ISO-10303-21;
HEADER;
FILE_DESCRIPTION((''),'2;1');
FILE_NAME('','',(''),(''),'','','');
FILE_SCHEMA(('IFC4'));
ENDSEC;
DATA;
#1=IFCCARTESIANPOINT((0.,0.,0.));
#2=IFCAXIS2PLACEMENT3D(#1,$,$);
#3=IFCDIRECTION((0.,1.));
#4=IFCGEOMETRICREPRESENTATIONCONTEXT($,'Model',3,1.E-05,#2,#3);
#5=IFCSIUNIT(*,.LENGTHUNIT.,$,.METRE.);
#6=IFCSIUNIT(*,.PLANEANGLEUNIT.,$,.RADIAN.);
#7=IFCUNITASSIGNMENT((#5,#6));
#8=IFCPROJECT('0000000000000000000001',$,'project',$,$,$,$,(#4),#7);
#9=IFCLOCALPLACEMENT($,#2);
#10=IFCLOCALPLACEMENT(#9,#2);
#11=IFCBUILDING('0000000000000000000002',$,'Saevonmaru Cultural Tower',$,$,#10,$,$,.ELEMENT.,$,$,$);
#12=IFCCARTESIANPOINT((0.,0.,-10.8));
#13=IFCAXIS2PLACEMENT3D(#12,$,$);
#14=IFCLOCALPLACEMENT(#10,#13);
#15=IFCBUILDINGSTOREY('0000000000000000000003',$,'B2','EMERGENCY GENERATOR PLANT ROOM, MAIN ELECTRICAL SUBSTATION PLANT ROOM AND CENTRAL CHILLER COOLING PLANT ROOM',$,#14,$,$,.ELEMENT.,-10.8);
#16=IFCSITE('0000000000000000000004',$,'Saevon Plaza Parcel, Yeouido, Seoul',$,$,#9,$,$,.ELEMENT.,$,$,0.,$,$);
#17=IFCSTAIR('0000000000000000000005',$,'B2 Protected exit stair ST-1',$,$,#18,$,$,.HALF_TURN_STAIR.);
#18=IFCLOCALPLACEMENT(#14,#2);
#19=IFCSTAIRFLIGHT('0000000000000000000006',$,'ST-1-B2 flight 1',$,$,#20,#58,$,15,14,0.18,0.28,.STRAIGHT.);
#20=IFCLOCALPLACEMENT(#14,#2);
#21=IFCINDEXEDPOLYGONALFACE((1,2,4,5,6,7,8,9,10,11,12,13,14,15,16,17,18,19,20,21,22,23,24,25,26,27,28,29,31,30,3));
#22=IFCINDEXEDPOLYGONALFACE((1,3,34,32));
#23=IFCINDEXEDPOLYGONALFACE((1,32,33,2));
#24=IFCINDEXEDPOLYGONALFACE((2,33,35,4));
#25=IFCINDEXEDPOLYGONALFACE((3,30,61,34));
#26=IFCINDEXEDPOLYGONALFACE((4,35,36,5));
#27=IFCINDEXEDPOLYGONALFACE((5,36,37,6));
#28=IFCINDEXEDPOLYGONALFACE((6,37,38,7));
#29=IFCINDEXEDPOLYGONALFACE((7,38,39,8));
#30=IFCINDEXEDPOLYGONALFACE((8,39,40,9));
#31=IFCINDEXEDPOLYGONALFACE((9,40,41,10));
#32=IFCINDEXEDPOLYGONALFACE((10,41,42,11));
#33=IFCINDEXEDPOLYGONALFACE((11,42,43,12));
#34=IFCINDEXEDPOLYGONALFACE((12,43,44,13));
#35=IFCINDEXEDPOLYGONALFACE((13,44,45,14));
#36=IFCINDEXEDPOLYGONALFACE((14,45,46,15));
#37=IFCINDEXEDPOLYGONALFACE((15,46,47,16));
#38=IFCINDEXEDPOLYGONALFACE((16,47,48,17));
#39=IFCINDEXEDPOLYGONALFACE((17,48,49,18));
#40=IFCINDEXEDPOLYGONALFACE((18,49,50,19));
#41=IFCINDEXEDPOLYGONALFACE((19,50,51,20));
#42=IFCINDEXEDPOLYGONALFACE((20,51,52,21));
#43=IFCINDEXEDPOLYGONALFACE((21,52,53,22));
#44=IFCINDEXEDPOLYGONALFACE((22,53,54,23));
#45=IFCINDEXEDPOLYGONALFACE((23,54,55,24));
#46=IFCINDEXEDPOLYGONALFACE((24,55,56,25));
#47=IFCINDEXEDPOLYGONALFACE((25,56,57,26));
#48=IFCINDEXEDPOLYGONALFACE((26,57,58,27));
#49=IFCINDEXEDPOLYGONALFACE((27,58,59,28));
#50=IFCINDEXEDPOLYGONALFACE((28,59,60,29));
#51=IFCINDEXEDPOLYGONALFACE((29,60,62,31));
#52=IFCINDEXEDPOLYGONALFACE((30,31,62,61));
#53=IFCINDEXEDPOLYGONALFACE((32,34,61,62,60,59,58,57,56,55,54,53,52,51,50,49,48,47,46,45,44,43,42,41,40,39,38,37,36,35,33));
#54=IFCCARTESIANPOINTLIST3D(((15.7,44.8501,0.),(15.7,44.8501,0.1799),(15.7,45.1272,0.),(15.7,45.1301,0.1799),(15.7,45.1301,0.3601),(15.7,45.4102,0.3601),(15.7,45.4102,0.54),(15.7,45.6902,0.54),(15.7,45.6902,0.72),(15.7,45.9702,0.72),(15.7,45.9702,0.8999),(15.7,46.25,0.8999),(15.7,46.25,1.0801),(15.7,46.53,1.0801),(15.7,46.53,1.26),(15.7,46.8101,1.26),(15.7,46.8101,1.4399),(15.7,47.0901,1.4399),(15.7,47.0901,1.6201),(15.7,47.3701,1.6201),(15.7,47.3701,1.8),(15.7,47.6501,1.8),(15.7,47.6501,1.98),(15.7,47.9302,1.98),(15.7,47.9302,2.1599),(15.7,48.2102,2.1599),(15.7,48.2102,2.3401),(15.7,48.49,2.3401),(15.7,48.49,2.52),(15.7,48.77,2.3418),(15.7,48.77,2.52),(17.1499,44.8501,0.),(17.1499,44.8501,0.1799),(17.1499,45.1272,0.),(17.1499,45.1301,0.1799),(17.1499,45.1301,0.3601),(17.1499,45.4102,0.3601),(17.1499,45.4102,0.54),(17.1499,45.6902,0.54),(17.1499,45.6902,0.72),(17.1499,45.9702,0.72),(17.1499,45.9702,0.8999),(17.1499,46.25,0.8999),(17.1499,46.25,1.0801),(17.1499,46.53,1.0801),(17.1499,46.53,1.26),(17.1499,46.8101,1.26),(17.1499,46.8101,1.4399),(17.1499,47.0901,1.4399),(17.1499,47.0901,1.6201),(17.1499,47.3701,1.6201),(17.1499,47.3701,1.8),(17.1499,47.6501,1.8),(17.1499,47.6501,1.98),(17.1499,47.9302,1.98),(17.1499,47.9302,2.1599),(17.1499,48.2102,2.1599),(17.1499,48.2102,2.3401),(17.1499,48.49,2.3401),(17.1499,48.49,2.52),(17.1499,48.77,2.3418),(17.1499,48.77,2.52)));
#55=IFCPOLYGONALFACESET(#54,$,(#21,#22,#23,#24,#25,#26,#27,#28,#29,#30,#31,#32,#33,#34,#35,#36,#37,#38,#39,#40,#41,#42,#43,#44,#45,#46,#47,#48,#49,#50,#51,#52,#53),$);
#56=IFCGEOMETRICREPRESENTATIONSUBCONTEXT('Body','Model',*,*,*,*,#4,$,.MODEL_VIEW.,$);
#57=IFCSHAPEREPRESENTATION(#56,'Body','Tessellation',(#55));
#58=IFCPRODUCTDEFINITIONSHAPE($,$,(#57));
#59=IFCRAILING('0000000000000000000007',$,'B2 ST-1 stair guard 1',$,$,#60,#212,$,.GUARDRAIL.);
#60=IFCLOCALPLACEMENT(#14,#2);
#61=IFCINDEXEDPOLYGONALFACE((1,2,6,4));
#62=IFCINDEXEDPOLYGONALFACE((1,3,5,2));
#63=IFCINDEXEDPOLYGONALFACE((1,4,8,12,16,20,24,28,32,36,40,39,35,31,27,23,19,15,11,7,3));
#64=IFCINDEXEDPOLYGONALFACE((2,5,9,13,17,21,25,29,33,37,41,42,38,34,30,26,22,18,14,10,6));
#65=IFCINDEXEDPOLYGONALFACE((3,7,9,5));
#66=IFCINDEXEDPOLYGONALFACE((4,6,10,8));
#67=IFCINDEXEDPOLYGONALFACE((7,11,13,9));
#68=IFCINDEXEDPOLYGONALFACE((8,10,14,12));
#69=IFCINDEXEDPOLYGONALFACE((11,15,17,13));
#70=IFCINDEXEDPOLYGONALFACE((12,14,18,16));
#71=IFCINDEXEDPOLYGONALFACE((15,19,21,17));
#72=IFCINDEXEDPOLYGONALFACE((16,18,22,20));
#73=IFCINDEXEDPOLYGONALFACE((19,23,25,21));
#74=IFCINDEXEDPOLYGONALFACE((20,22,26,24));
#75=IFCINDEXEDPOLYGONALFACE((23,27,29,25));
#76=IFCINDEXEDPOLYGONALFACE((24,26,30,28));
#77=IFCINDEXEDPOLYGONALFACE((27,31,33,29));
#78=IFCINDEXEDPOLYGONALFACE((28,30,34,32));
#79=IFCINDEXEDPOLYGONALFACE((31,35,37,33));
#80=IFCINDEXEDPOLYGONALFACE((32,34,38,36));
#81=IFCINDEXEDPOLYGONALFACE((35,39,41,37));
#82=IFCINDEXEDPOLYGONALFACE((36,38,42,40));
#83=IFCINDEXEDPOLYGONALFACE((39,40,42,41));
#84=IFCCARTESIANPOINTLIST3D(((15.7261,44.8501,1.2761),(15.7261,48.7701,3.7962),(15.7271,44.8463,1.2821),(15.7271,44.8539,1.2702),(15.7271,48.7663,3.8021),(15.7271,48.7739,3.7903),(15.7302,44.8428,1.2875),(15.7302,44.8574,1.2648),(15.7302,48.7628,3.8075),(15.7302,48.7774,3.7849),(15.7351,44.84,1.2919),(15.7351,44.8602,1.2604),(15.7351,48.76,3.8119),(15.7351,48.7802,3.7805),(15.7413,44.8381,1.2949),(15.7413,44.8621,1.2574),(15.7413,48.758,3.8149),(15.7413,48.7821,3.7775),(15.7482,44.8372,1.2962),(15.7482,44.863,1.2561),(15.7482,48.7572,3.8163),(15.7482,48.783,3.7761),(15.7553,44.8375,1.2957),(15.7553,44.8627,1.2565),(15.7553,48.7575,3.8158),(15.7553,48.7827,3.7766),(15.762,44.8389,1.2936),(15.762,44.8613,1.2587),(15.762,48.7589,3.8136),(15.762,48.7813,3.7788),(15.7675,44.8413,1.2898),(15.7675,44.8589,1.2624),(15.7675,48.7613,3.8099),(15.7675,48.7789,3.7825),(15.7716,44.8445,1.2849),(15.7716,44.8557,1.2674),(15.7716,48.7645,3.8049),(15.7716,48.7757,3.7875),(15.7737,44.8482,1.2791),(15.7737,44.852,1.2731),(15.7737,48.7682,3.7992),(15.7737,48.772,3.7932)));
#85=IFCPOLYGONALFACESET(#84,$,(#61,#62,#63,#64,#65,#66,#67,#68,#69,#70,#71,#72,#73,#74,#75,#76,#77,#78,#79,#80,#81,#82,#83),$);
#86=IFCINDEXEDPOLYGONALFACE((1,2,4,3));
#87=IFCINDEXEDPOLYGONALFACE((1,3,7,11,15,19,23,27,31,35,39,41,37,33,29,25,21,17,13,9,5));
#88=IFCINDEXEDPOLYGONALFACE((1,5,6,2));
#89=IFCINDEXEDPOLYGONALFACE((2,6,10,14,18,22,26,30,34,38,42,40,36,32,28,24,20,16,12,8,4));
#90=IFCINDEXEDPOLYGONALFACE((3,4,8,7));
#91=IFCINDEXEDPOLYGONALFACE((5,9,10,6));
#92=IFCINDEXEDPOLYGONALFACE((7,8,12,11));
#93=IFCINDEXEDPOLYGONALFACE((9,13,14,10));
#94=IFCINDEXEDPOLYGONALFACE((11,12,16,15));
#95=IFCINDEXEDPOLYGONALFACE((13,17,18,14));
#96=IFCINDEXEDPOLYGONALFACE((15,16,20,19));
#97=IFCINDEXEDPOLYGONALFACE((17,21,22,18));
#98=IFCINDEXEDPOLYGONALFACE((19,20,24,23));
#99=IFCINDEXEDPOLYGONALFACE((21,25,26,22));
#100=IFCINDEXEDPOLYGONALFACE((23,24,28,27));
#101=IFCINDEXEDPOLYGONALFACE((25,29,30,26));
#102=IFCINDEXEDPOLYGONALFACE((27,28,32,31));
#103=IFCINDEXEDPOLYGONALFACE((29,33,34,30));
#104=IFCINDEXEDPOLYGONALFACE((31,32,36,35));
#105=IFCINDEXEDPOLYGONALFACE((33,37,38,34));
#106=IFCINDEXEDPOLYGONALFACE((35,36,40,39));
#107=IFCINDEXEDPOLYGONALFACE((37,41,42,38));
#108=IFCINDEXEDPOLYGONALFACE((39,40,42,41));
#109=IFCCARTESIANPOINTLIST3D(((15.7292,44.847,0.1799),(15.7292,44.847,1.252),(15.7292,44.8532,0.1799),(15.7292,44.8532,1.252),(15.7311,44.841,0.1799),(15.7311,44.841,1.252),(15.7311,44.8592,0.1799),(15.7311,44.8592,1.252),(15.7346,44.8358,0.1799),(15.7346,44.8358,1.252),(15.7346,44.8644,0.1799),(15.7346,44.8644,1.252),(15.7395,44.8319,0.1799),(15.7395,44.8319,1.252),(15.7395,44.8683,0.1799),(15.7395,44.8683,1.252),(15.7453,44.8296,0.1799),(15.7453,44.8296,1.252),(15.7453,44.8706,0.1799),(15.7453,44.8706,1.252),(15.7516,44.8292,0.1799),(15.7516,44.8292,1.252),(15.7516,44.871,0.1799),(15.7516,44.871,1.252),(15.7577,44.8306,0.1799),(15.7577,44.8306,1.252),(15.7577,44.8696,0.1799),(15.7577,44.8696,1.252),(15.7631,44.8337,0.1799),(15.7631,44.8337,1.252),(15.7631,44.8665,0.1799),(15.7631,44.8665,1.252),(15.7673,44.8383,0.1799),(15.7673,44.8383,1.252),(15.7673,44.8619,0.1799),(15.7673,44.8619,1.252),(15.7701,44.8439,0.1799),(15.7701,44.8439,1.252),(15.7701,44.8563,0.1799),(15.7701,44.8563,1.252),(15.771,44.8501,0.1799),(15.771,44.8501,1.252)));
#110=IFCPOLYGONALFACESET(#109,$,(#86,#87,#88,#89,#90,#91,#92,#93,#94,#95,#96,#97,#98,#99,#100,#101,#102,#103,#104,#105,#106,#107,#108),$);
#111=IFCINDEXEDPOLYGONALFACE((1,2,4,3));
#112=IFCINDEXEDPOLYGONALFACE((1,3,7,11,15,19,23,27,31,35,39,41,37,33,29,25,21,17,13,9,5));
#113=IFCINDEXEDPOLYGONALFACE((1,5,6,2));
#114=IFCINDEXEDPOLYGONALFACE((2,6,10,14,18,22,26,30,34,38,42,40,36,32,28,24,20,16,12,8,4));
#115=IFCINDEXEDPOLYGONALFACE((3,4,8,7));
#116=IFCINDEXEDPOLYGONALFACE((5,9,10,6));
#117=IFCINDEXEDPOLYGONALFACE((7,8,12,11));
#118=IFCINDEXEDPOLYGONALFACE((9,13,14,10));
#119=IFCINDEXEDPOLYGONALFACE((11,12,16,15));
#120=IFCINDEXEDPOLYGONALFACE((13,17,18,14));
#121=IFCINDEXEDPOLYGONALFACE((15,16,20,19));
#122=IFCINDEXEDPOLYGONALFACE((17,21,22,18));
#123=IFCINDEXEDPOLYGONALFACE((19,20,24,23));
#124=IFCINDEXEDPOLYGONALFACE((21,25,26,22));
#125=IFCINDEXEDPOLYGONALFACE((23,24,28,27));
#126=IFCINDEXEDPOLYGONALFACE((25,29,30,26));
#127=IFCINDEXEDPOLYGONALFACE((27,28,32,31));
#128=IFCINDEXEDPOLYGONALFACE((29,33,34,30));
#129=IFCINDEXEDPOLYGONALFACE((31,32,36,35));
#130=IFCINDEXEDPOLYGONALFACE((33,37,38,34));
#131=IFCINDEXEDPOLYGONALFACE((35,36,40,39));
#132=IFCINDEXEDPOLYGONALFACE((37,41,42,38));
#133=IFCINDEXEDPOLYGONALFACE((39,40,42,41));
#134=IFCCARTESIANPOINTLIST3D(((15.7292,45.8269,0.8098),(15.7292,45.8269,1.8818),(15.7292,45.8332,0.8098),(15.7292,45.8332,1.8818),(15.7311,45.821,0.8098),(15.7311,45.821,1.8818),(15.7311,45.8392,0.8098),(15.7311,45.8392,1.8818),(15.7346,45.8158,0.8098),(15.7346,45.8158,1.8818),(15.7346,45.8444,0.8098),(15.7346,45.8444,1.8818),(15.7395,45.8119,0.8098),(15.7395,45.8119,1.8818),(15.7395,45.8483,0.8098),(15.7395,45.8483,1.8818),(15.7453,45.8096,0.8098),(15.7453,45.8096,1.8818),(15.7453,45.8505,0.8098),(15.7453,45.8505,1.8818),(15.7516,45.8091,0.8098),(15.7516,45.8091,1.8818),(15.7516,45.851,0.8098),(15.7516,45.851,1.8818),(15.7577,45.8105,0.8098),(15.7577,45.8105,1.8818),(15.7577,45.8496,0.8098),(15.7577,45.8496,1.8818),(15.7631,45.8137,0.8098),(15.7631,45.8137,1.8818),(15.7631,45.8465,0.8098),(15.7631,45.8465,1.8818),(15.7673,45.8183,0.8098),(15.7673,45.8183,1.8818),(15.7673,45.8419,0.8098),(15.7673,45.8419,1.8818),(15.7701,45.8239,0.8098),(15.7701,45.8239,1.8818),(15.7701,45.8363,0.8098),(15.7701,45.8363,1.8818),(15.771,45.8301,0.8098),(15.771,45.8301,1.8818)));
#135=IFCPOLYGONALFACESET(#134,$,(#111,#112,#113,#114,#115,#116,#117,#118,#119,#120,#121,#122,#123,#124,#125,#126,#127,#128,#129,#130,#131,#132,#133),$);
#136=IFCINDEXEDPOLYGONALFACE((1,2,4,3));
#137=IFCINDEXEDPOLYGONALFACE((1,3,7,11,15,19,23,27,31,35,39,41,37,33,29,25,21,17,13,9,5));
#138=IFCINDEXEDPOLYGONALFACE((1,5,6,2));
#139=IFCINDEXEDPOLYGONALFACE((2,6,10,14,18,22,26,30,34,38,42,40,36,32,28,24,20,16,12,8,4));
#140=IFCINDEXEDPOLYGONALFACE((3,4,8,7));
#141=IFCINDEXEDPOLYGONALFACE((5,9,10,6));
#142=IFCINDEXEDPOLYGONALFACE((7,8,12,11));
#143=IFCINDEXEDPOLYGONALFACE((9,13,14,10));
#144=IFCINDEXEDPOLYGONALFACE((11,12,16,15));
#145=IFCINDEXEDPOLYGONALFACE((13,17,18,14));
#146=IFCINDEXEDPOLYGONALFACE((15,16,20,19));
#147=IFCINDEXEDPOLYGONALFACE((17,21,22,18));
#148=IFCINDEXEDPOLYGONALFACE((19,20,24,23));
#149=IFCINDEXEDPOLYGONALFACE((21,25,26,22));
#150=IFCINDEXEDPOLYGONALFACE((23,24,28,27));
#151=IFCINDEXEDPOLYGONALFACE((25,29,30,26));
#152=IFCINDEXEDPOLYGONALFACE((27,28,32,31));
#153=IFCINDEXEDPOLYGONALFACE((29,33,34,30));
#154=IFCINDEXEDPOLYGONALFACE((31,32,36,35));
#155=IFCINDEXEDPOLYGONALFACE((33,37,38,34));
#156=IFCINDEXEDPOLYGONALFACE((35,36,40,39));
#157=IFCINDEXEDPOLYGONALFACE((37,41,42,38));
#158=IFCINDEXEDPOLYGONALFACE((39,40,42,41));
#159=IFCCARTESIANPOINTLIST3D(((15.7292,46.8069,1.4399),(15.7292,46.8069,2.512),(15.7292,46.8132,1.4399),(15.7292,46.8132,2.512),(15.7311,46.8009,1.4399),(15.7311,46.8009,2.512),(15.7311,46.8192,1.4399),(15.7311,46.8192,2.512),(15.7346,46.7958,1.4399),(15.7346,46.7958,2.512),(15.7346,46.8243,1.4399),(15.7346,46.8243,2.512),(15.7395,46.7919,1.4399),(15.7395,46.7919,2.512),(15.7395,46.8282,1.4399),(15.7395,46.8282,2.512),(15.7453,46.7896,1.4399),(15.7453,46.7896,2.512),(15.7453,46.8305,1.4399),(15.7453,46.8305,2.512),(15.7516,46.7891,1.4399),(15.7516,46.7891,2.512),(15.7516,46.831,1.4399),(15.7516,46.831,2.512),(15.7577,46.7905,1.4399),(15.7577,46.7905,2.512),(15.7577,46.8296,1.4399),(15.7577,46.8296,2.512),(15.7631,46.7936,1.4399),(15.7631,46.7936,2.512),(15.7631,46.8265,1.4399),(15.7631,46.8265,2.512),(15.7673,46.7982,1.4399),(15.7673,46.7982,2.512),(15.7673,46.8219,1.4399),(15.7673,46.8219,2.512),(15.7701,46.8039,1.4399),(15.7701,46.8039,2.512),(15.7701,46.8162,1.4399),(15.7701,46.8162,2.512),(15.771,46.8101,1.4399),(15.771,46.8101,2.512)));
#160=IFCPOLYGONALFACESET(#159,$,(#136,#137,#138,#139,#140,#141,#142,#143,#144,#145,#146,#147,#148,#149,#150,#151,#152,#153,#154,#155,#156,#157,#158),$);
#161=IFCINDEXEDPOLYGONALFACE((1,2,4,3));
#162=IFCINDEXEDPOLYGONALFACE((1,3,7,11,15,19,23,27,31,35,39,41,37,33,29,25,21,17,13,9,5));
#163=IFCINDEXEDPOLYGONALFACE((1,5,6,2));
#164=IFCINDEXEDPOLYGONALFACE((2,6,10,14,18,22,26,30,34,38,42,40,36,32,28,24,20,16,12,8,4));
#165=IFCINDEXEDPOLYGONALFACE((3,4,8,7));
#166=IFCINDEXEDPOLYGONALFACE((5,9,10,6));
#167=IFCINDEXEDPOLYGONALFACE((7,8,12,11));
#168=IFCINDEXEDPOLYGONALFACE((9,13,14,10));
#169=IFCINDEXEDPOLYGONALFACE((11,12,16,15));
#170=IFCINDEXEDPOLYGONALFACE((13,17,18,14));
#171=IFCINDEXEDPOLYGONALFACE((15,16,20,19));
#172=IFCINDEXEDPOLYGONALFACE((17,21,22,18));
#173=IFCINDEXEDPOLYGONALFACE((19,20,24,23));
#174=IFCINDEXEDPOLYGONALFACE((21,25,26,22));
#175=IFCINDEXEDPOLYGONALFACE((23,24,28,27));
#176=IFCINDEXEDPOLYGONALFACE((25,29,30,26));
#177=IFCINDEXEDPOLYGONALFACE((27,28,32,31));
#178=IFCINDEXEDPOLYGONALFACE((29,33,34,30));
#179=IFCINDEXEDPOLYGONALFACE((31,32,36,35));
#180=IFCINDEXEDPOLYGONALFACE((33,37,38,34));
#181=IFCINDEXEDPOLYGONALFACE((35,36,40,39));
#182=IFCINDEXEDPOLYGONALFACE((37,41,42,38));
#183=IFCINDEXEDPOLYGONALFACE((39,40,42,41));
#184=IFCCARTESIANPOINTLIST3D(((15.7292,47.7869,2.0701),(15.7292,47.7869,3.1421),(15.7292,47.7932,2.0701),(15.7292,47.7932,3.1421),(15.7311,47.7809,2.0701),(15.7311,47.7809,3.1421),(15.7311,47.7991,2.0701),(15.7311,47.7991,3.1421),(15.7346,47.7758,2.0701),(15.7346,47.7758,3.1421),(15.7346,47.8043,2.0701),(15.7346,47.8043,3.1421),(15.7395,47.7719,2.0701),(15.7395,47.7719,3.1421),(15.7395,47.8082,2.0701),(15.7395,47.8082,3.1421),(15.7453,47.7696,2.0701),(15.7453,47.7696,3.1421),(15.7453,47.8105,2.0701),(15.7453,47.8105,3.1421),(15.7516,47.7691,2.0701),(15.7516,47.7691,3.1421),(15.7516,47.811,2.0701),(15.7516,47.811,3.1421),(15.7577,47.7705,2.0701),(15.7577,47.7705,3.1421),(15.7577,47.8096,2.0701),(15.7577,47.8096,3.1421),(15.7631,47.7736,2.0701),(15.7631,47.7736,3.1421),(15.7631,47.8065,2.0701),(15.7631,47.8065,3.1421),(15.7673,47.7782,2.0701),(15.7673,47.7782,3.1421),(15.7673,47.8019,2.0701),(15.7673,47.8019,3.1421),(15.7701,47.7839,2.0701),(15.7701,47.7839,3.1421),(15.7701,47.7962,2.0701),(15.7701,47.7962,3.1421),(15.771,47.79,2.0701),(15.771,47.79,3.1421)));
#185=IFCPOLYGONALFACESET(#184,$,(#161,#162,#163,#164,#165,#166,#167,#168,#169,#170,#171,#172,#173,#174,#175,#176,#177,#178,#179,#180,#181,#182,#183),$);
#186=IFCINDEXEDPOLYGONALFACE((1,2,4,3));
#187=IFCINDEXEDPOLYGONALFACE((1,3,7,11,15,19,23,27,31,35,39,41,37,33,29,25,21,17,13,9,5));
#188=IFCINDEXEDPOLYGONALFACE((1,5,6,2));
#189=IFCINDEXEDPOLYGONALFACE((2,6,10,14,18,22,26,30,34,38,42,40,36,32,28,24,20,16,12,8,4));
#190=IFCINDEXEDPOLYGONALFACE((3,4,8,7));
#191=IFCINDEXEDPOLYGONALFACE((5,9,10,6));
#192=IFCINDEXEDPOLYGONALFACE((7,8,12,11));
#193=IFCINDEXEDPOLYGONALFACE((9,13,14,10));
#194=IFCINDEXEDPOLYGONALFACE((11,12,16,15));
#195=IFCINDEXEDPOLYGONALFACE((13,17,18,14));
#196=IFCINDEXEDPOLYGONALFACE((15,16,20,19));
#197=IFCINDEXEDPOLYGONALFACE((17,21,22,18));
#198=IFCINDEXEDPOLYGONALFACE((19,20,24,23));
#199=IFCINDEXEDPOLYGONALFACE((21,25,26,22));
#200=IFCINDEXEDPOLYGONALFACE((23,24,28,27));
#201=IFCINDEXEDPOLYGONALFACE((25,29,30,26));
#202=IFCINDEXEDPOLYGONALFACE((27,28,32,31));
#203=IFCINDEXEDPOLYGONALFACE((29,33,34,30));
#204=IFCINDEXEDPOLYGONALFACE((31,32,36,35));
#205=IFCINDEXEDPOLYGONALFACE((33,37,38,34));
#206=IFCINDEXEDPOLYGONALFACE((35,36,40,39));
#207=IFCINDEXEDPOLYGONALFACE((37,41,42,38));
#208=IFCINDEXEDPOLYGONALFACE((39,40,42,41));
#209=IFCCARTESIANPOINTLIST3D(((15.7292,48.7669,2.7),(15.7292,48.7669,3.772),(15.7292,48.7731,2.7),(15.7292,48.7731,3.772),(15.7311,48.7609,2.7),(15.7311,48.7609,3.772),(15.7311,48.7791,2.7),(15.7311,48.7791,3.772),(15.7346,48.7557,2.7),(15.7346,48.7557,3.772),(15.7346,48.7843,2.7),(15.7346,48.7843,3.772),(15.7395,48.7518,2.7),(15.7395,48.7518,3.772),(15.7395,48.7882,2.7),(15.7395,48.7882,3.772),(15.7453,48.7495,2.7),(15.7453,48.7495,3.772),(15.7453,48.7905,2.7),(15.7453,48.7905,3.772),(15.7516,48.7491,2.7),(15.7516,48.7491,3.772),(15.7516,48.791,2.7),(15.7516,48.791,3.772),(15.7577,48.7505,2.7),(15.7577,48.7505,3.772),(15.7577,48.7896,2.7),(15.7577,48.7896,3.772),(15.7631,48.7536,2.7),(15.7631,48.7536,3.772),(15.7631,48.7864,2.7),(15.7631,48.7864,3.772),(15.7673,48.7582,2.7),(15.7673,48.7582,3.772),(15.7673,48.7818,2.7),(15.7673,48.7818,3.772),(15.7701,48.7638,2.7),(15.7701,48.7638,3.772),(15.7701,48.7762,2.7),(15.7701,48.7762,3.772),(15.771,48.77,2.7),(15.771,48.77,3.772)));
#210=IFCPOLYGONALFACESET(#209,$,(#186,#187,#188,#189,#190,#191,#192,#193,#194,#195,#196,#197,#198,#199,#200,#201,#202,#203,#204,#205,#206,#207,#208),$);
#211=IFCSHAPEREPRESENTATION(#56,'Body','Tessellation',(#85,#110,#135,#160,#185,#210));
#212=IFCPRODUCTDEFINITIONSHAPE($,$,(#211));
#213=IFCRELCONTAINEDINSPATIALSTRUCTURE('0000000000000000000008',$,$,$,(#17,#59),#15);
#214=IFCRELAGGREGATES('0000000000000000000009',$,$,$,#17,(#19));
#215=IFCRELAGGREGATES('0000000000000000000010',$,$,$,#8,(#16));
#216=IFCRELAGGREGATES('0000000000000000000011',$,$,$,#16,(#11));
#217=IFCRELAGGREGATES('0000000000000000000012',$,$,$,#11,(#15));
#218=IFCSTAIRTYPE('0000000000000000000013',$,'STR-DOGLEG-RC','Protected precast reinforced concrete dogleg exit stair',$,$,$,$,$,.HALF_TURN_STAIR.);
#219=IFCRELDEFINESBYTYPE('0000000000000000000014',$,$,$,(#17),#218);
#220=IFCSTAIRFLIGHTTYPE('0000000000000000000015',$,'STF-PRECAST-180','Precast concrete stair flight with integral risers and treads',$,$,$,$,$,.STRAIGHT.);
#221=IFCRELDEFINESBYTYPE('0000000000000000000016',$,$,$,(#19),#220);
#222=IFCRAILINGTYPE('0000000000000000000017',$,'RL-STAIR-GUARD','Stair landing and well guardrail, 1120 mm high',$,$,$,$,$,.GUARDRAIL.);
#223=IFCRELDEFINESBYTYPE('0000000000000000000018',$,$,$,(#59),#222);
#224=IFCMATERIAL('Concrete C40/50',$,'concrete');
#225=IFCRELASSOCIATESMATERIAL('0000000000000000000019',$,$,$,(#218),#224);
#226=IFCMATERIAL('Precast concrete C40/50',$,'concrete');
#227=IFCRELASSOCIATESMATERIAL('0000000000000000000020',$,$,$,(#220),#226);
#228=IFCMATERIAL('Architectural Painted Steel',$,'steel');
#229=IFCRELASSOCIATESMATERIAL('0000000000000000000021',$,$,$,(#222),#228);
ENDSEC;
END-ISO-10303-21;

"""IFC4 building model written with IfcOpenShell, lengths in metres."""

from ifc_helpers import new_model, si_unit, direction, frame, origin, origin_2d, place, context, subcontext, project, spatial, polyline, circle, outline, extrude, material, type_object, element, aggregate, save


model = new_model("IFC4")

# Units and contexts
model_context = context("Model", 3, precision=1e-05, world=origin(), true_north=direction((0.0, 1.0)))
body_context = subcontext(model_context, "Body", "Model", "MODEL_VIEW")
ifc_project = project(units=[si_unit("LENGTHUNIT", "METRE"), si_unit("PLANEANGLEUNIT", "RADIAN")], contexts=[model_context])

# Site, building, storey
site_placement = place(None, origin())
site = spatial("IfcSite", under=ifc_project, at=site_placement, Name="Saevon Plaza Parcel, Yeouido, Seoul", CompositionType="ELEMENT", RefElevation=0.0)
building_placement = place(site_placement, origin())
building = spatial("IfcBuilding", under=site, at=building_placement, Name="Saevonmaru Cultural Tower", CompositionType="ELEMENT")
storey_placement = place(building_placement, frame((0.0, 0.0, -10.8)))
storey = spatial("IfcBuildingStorey", under=building, at=storey_placement, Name="B2", Description="EMERGENCY GENERATOR PLANT ROOM, MAIN ELECTRICAL SUBSTATION PLANT ROOM AND CENTRAL CHILLER COOLING PLANT ROOM", CompositionType="ELEMENT", Elevation=-10.8)

# Shared definitions
ifc_material_1 = material(Name="Concrete C40/50", Category="concrete")

# Stair, stair flight
stair_type = type_object("IfcStairType", Name="STR-DOGLEG-RC", Description="Protected precast reinforced concrete dogleg exit stair", PredefinedType="HALF_TURN_STAIR", material=ifc_material_1)
stair_placement = place(storey_placement, origin())
stair = element("IfcStair", 1, at=stair_placement, inside=storey, type_object=stair_type, Name="B2 Protected exit stair ST-1", PredefinedType="HALF_TURN_STAIR")
ifc_material_2 = material(Name="Precast concrete C40/50", Category="concrete")
stair_flight_type = type_object("IfcStairFlightType", Name="STF-PRECAST-180", Description="Precast concrete stair flight with integral risers and treads", PredefinedType="STRAIGHT", material=ifc_material_2)
stair_flight_placement = place(storey_placement, frame((16.425, 44.8501, 0.0), z_axis=(0.0, 0.0, 1.0), x_axis=(0.0, 1.0, 0.0)))
stair_flight = element("IfcStairFlight", 2, at=stair_flight_placement, type_object=stair_flight_type, Name="ST-1-B2 flight 1", NumberOfRisers=15, NumberOfTreads=14, PredefinedType="STRAIGHT", RiserHeight=0.18, TreadLength=0.28, context=body_context, shape_type="SweptSolid", body=[
    extrude(outline(polyline([(0.0, 0.0), (0.0, 0.1799), (0.28, 0.1799), (0.28, 0.3601), (0.5601, 0.3601), (0.5601, 0.54), (0.8401, 0.54), (0.8401, 0.72), (1.1201, 0.72), (1.1201, 0.8999), (1.3999, 0.8999), (1.3999, 1.0801), (1.6799, 1.0801), (1.6799, 1.26), (1.96, 1.26), (1.96, 1.4399), (2.24, 1.4399), (2.24, 1.6201), (2.52, 1.6201), (2.52, 1.8), (2.8, 1.8), (2.8, 1.98), (3.0801, 1.98), (3.0801, 2.1599), (3.3601, 2.1599), (3.3601, 2.3401), (3.6399, 2.3401), (3.6399, 2.52), (3.9199, 2.52), (3.9199, 2.7), (3.9199, 2.3418), (0.2771, 0.0), (0.0, 0.0)])), frame((0.0, 0.7251, 0.0), z_axis=(0.0, -1.0, 0.0), x_axis=(1.0, 0.0, 0.0)), (0.0, 0.0, 1.0), 1.45),
])
aggregate(stair, [stair_flight])

# Railing
ifc_material_3 = material(Name="Architectural Painted Steel", Category="steel")
railing_type_1 = type_object("IfcRailingType", Name="RL-STAIR-GUARD", Description="Stair landing and well guardrail, 1120 mm high", PredefinedType="GUARDRAIL", material=ifc_material_3)
railing_1_placement = place(storey_placement, frame((15.75, 44.8501, 0.1799)))
element("IfcRailing", 3, at=railing_1_placement, inside=storey, type_object=railing_type_1, Name="B2 ST-1 stair guard 1", PredefinedType="GUARDRAIL", context=body_context, shape_type="SweptSolid", body=[
    extrude(circle(Radius=0.0239, at=origin_2d()), frame((0.0, 0.0, 1.0962), z_axis=(0.0, 0.841172, 0.540768), x_axis=(-1.0, 0.0, 0.0)), (0.0, 0.0, 1.0), 4.6602),
    extrude(circle(Radius=0.021, at=origin_2d()), origin(), (0.0, 0.0, 1.0), 1.072),
    extrude(circle(Radius=0.021, at=origin_2d()), frame((0.0, 0.98, 0.6299)), (0.0, 0.0, 1.0), 1.072),
    extrude(circle(Radius=0.021, at=origin_2d()), frame((0.0, 1.96, 1.26)), (0.0, 0.0, 1.0), 1.072),
    extrude(circle(Radius=0.021, at=origin_2d()), frame((0.0, 2.9399, 1.8901)), (0.0, 0.0, 1.0), 1.072),
    extrude(circle(Radius=0.021, at=origin_2d()), frame((0.0, 3.9199, 2.52)), (0.0, 0.0, 1.0), 1.072),
])

save(model, "model.ifc")
